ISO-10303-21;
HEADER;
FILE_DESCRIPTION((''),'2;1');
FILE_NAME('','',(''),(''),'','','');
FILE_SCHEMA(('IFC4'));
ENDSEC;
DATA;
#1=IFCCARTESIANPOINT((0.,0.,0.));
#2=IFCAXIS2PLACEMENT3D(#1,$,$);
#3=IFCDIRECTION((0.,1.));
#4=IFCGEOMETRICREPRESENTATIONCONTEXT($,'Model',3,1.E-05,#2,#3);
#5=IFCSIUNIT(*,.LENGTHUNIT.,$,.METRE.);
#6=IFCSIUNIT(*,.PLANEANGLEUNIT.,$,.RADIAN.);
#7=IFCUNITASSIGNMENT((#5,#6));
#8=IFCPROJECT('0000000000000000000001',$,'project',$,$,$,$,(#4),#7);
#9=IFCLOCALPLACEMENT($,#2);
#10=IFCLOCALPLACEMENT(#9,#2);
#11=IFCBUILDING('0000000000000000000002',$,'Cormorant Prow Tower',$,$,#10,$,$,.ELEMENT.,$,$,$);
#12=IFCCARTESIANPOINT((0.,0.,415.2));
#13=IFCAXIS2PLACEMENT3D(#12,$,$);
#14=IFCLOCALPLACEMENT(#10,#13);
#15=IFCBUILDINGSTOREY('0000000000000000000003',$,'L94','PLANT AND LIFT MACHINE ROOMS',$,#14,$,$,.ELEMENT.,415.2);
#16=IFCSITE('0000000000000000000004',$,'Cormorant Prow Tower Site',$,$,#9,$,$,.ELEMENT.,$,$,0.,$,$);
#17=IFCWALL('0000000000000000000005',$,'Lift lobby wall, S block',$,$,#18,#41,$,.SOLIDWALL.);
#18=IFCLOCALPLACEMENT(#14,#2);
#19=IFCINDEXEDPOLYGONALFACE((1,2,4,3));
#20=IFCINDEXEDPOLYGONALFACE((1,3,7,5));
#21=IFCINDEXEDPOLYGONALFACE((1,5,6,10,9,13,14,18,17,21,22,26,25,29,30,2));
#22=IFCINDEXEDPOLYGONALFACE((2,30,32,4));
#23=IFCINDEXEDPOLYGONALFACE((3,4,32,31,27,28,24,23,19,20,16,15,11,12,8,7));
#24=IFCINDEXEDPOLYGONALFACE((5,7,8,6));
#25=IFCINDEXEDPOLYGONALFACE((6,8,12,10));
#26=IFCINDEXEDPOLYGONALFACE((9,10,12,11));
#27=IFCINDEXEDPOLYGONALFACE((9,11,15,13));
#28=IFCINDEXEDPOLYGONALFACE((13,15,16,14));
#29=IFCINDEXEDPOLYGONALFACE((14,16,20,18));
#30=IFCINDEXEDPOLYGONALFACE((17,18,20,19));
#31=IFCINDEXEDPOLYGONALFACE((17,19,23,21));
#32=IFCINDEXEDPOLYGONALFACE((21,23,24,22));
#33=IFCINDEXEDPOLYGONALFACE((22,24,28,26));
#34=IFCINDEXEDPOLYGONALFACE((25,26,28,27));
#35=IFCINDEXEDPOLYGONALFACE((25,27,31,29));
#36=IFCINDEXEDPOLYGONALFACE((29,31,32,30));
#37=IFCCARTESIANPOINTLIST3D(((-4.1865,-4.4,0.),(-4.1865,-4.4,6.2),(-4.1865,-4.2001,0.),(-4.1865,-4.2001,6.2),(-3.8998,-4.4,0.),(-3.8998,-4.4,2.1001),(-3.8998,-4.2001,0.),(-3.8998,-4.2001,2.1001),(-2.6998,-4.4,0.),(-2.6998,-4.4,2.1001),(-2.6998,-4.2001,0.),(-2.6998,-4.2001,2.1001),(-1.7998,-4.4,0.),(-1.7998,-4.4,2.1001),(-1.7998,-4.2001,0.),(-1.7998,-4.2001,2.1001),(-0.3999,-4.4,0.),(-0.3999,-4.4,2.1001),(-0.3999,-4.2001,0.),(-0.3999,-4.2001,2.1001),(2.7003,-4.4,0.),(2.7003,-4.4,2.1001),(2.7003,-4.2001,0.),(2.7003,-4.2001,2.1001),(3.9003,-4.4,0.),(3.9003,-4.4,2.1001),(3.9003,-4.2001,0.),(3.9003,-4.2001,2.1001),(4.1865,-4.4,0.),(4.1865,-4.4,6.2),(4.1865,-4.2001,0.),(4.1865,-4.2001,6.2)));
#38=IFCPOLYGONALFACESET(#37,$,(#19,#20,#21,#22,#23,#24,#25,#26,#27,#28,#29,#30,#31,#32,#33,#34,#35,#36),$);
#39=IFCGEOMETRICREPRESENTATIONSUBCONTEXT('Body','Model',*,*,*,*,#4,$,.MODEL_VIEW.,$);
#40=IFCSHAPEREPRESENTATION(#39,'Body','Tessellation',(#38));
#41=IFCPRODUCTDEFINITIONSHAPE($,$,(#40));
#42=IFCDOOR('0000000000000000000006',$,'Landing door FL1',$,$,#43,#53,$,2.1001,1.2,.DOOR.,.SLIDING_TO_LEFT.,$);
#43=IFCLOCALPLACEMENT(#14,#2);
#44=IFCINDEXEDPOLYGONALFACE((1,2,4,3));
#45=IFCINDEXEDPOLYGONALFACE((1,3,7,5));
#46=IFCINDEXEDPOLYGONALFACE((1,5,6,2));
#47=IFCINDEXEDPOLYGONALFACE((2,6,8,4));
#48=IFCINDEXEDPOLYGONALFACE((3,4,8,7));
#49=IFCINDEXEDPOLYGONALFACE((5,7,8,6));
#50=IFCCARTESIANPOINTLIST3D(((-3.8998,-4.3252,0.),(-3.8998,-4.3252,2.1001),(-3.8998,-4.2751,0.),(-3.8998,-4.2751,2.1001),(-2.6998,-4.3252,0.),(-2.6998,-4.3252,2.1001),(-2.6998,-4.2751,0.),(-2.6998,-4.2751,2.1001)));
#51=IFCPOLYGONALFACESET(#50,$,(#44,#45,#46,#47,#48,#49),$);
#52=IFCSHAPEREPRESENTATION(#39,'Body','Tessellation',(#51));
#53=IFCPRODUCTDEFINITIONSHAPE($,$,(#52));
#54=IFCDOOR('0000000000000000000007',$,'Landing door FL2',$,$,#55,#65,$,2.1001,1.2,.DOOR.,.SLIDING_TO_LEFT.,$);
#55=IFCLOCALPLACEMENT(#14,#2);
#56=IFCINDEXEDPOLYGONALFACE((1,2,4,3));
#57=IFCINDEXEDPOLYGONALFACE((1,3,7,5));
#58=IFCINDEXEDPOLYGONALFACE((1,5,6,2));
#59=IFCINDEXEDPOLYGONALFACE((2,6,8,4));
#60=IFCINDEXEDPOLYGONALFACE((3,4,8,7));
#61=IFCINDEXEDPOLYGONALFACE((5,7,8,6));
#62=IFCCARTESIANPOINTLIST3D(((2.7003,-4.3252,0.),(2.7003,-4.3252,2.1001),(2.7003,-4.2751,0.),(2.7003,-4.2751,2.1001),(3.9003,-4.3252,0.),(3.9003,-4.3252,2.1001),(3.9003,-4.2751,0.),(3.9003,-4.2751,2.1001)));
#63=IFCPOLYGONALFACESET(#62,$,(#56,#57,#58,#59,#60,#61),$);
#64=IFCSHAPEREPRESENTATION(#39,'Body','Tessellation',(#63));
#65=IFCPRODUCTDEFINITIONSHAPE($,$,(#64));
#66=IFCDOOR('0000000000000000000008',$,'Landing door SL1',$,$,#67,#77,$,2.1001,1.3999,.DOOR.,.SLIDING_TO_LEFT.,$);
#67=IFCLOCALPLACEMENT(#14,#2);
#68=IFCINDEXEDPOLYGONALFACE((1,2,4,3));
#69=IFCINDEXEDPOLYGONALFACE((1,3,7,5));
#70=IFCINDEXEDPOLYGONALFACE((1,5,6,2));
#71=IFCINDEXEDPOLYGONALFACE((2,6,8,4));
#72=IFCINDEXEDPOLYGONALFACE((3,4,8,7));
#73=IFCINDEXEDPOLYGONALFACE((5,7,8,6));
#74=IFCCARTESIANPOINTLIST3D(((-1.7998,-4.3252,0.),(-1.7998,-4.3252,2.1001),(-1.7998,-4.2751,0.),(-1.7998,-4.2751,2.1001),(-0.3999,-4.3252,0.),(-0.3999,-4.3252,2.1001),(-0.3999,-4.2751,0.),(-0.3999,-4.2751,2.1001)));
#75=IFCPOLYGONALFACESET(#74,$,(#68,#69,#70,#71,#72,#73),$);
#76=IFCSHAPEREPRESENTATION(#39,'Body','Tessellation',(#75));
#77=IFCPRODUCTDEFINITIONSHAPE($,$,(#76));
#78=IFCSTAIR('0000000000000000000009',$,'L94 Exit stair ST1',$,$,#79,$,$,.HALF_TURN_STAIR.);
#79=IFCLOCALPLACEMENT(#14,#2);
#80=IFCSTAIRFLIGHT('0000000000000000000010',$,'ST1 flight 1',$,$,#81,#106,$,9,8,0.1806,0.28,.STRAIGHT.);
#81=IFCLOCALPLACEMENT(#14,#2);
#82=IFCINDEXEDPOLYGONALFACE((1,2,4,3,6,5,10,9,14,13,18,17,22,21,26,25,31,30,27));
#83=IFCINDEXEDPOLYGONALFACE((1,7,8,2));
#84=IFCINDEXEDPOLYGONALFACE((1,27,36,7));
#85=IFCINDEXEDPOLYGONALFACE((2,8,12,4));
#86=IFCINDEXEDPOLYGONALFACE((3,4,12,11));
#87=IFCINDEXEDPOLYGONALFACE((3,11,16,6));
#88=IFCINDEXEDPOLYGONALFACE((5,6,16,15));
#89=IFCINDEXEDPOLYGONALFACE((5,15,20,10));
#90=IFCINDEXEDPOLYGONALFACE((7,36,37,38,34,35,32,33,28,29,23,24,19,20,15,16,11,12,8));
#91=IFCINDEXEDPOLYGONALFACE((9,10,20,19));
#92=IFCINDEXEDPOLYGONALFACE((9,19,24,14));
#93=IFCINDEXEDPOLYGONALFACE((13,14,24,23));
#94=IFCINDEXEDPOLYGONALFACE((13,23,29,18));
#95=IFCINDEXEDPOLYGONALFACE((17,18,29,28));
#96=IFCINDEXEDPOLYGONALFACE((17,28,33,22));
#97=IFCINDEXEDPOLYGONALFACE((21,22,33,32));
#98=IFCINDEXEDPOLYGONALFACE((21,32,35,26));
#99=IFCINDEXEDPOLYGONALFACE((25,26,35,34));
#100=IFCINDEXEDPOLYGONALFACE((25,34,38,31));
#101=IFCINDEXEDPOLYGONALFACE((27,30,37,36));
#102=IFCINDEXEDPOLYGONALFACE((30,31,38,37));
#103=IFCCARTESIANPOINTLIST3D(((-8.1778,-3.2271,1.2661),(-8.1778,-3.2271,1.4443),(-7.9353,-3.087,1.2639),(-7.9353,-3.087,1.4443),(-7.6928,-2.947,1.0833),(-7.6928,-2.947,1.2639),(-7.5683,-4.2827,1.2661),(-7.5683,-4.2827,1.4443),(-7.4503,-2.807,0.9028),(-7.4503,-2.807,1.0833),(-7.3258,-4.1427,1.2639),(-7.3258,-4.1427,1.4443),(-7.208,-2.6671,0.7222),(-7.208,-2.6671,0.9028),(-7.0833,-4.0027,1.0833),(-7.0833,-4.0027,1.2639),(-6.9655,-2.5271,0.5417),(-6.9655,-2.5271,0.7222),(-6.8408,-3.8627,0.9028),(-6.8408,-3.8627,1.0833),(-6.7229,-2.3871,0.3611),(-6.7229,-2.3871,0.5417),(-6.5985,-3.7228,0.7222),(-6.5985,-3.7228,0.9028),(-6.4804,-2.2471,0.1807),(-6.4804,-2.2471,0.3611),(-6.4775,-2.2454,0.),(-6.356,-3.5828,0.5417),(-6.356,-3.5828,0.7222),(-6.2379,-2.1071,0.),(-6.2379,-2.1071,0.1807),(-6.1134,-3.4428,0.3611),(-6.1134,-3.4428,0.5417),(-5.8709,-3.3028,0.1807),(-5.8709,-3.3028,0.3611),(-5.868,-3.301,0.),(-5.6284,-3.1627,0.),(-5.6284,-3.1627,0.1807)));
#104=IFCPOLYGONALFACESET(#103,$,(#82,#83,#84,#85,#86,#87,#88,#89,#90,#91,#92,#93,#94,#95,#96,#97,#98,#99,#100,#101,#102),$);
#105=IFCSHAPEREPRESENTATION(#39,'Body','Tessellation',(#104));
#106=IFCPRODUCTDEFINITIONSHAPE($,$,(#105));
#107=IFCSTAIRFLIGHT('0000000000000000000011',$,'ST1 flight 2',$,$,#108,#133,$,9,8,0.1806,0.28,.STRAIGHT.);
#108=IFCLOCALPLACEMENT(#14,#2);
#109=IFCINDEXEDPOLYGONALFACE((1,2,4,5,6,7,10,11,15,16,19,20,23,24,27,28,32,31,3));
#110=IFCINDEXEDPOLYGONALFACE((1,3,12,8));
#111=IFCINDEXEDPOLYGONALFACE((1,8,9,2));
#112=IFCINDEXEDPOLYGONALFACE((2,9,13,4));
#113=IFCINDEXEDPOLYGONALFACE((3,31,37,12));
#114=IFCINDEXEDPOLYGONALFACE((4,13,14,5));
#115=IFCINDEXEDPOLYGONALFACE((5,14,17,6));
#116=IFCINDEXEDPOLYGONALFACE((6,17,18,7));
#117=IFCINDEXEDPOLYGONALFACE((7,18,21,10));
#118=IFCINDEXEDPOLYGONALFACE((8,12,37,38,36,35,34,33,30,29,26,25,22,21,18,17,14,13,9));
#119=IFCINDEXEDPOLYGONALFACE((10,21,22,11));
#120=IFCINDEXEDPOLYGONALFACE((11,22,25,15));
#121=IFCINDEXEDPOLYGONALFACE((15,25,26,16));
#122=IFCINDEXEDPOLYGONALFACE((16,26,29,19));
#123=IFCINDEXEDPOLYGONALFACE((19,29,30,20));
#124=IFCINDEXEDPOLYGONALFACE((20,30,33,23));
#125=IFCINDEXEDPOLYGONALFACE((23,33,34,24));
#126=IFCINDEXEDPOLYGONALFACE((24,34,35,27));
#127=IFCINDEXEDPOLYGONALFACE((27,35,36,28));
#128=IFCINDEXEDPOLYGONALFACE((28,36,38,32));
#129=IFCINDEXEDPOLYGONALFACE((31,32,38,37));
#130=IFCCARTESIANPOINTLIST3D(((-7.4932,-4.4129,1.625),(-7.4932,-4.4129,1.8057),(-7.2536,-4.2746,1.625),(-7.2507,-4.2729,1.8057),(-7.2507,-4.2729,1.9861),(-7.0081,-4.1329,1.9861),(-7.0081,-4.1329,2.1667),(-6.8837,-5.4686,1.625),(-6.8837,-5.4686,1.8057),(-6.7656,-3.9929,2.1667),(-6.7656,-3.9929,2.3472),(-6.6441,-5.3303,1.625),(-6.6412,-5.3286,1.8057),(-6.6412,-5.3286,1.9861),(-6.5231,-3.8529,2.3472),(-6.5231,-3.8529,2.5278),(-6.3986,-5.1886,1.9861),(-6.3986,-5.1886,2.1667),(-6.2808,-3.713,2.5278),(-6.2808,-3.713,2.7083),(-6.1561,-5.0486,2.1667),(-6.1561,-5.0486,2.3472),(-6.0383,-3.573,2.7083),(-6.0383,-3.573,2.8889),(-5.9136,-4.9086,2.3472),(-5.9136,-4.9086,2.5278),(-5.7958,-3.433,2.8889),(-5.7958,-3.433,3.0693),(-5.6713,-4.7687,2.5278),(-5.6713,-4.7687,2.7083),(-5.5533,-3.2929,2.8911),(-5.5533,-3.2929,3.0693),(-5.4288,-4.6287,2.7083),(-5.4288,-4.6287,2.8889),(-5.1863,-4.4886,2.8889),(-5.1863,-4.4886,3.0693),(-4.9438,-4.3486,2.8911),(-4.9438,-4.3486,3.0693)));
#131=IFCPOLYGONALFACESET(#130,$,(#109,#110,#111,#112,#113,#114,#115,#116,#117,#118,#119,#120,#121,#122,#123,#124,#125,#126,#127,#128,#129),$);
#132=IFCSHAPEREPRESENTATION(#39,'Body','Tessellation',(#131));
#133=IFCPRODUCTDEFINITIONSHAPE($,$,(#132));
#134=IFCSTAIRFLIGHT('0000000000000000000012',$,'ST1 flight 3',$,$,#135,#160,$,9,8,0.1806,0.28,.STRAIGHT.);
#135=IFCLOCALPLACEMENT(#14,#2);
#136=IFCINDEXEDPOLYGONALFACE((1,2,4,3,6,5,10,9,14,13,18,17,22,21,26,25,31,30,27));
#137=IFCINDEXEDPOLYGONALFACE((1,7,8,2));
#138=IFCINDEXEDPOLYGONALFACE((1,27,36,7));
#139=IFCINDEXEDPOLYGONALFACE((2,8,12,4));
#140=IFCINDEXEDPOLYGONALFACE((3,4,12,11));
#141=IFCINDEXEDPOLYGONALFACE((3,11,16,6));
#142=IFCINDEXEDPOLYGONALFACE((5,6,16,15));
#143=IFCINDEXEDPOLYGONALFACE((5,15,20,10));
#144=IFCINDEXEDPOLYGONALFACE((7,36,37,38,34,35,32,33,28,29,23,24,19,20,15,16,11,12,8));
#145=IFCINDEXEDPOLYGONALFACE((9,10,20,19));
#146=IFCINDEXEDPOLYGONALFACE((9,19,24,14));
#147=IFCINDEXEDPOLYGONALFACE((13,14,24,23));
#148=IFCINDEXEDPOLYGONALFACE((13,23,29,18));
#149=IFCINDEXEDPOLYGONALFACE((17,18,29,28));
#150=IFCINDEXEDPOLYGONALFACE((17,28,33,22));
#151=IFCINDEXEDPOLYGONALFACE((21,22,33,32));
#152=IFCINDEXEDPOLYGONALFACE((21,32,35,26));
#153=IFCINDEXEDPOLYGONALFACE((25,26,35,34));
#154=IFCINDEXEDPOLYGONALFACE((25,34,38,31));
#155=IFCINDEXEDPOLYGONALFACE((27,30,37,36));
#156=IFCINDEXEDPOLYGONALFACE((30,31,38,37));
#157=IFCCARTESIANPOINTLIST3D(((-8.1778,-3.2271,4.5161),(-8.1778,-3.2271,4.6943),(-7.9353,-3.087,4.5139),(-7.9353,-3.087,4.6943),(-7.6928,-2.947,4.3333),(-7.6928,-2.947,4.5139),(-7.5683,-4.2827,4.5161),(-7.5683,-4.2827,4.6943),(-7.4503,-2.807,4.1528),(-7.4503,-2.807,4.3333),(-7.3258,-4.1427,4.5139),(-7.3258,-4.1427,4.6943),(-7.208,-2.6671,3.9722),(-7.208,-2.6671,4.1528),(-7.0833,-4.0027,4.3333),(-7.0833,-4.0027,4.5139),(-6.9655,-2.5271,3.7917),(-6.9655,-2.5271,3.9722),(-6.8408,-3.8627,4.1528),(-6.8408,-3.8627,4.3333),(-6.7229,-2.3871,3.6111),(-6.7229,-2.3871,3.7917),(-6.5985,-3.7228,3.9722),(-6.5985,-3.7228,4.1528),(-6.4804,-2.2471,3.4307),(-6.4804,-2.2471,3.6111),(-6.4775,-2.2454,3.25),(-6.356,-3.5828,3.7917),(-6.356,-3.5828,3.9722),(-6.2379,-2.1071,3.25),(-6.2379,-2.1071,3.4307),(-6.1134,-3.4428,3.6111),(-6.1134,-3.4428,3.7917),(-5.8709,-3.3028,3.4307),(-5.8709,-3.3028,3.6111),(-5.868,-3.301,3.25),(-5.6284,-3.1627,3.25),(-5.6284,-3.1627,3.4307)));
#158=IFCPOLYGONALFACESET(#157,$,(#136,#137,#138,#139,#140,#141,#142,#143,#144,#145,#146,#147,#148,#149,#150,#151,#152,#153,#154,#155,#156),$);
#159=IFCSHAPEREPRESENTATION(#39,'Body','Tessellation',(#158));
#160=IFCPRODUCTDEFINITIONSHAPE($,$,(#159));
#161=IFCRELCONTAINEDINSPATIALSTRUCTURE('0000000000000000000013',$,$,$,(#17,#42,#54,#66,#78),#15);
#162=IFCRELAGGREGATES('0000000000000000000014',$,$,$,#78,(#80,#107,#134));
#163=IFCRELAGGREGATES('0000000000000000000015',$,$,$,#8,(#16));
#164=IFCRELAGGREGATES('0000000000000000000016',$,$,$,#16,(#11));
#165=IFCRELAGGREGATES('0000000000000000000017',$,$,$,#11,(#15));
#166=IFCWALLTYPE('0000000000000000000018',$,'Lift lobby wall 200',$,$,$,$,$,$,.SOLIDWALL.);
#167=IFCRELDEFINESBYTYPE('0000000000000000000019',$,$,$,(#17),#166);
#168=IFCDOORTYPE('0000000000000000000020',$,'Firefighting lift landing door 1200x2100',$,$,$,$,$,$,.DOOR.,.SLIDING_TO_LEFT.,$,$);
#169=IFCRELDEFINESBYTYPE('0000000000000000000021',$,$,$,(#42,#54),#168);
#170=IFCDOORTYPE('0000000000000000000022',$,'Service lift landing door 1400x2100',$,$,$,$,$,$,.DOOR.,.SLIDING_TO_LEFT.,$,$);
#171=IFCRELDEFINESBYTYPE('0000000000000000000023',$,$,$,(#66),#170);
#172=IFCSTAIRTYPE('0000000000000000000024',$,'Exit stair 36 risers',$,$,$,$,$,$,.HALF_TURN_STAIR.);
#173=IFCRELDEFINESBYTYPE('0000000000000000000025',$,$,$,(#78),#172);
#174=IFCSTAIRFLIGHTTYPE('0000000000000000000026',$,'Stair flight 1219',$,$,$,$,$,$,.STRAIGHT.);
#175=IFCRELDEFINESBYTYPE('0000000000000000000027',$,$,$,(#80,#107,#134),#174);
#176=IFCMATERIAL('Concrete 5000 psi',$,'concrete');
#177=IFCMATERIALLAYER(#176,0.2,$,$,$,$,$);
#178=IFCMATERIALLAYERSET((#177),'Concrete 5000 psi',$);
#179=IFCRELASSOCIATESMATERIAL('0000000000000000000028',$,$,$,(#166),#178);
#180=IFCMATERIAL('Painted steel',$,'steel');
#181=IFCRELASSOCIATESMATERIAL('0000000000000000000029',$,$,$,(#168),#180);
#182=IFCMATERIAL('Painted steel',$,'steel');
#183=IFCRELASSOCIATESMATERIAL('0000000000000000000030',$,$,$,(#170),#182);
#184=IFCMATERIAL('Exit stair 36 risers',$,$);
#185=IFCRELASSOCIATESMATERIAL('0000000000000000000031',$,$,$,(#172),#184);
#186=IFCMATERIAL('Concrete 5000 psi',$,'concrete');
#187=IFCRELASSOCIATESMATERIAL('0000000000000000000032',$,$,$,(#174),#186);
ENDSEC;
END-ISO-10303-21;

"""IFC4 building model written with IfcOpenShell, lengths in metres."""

from ifc_helpers import new_model, si_unit, direction, frame, frame_2d, origin, place, context, subcontext, project, spatial, polyline, rectangle, outline, extrude, material, layer, layer_set, type_object, element, fill, aggregate, save


model = new_model("IFC4")

# Units and contexts
model_context = context("Model", 3, precision=1e-05, world=origin(), true_north=direction((0.0, 1.0)))
body_context = subcontext(model_context, "Body", "Model", "MODEL_VIEW")
ifc_project = project(units=[si_unit("LENGTHUNIT", "METRE"), si_unit("PLANEANGLEUNIT", "RADIAN")], contexts=[model_context])

# Site, building, storey
site_placement = place(None, origin())
site = spatial("IfcSite", under=ifc_project, at=site_placement, Name="Cormorant Prow Tower Site", CompositionType="ELEMENT", RefElevation=0.0)
building_placement = place(site_placement, origin())
building = spatial("IfcBuilding", under=site, at=building_placement, Name="Cormorant Prow Tower", CompositionType="ELEMENT")
storey_placement = place(building_placement, frame((0.0, 0.0, 415.2)))
storey = spatial("IfcBuildingStorey", under=building, at=storey_placement, Name="L94", Description="PLANT AND LIFT MACHINE ROOMS", CompositionType="ELEMENT", Elevation=415.2)

# Wall, openings, doors
ifc_material_1 = material(Name="Concrete 5000 psi", Category="concrete")
ifc_layer_1 = layer(ifc_material_1, 0.2)
ifc_layer_set_1 = layer_set([ifc_layer_1], Name="Concrete 5000 psi")
wall_type_1 = type_object("IfcWallType", Name="Lift lobby wall 200", PredefinedType="SOLIDWALL", material=ifc_layer_set_1)
wall_1_placement = place(storey_placement, frame((-4.1865, -4.3, 0.0), z_axis=(0.0, 0.0, 1.0), x_axis=(1.0, 0.0, 0.0)))
wall_1 = element("IfcWall", 1, at=wall_1_placement, inside=storey, type_object=wall_type_1, Name="Lift lobby wall, S block", PredefinedType="SOLIDWALL", context=body_context, shape_type="SweptSolid", body=[
    extrude(rectangle(XDim=8.373, YDim=0.2, at=frame_2d((4.1865, 0.0))), origin(), (0.0, 0.0, 1.0), 6.2),
])
opening_1_placement = place(wall_1_placement, frame((0.2866, 0.0, 0.0)))
opening_1 = element("IfcOpeningElement", 2, at=opening_1_placement, cuts=wall_1, PredefinedType="OPENING", context=body_context, shape_type="SweptSolid", body=[
    extrude(rectangle(XDim=1.2, YDim=2.1001, at=frame_2d((0.6001, 1.05))), frame((0.0, 0.1099, 0.0), z_axis=(0.0, -1.0, 0.0), x_axis=(1.0, 0.0, 0.0)), (0.0, 0.0, 1.0), 0.22),
])
opening_2_placement = place(wall_1_placement, frame((2.3867, 0.0, 0.0)))
opening_2 = element("IfcOpeningElement", 3, at=opening_2_placement, cuts=wall_1, PredefinedType="OPENING", context=body_context, shape_type="SweptSolid", body=[
    extrude(rectangle(XDim=1.3999, YDim=2.1001, at=frame_2d((0.7, 1.05))), frame((0.0, 0.1099, 0.0), z_axis=(0.0, -1.0, 0.0), x_axis=(1.0, 0.0, 0.0)), (0.0, 0.0, 1.0), 0.22),
])
opening_3_placement = place(wall_1_placement, frame((6.8867, 0.0, 0.0)))
opening_3 = element("IfcOpeningElement", 4, at=opening_3_placement, cuts=wall_1, PredefinedType="OPENING", context=body_context, shape_type="SweptSolid", body=[
    extrude(rectangle(XDim=1.2, YDim=2.1001, at=frame_2d((0.6001, 1.05))), frame((0.0, 0.1099, 0.0), z_axis=(0.0, -1.0, 0.0), x_axis=(1.0, 0.0, 0.0)), (0.0, 0.0, 1.0), 0.22),
])
ifc_material_2 = material(Name="Painted steel", Category="steel")
door_type_1 = type_object("IfcDoorType", Name="Firefighting lift landing door 1200x2100", OperationType="SLIDING_TO_LEFT", PredefinedType="DOOR", material=ifc_material_2)
door_1_placement = place(opening_1_placement, origin())
door_1 = element("IfcDoor", 5, at=door_1_placement, inside=storey, type_object=door_type_1, Name="Landing door FL1", OperationType="SLIDING_TO_LEFT", OverallHeight=2.1001, OverallWidth=1.2, PredefinedType="DOOR", context=body_context, shape_type="SweptSolid", body=[
    extrude(rectangle(XDim=1.2, YDim=2.1001, at=frame_2d((0.6001, 1.05))), frame((0.0, 0.0249, 0.0), z_axis=(0.0, -1.0, 0.0), x_axis=(1.0, 0.0, 0.0)), (0.0, 0.0, 1.0), 0.05),
])
fill(opening_1, door_1)
door_2_placement = place(opening_3_placement, origin())
door_2 = element("IfcDoor", 6, at=door_2_placement, inside=storey, type_object=door_type_1, Name="Landing door FL2", OperationType="SLIDING_TO_LEFT", OverallHeight=2.1001, OverallWidth=1.2, PredefinedType="DOOR", context=body_context, shape_type="SweptSolid", body=[
    extrude(rectangle(XDim=1.2, YDim=2.1001, at=frame_2d((0.6001, 1.05))), frame((0.0, 0.0249, 0.0), z_axis=(0.0, -1.0, 0.0), x_axis=(1.0, 0.0, 0.0)), (0.0, 0.0, 1.0), 0.05),
])
fill(opening_3, door_2)
ifc_material_3 = material(Name="Painted steel", Category="steel")
door_type_2 = type_object("IfcDoorType", Name="Service lift landing door 1400x2100", OperationType="SLIDING_TO_LEFT", PredefinedType="DOOR", material=ifc_material_3)
door_3_placement = place(opening_2_placement, origin())
door_3 = element("IfcDoor", 7, at=door_3_placement, inside=storey, type_object=door_type_2, Name="Landing door SL1", OperationType="SLIDING_TO_LEFT", OverallHeight=2.1001, OverallWidth=1.3999, PredefinedType="DOOR", context=body_context, shape_type="SweptSolid", body=[
    extrude(rectangle(XDim=1.3999, YDim=2.1001, at=frame_2d((0.7, 1.05))), frame((0.0, 0.0249, 0.0), z_axis=(0.0, -1.0, 0.0), x_axis=(1.0, 0.0, 0.0)), (0.0, 0.0, 1.0), 0.05),
])
fill(opening_2, door_3)

# Stair, stair flights
ifc_material_4 = material(Name="Exit stair 36 risers")
stair_type = type_object("IfcStairType", Name="Exit stair 36 risers", PredefinedType="HALF_TURN_STAIR", material=ifc_material_4)
stair_placement = place(storey_placement, origin())
stair = element("IfcStair", 8, at=stair_placement, inside=storey, type_object=stair_type, Name="L94 Exit stair ST1", PredefinedType="HALF_TURN_STAIR")
ifc_material_5 = material(Name="Concrete 5000 psi", Category="concrete")
stair_flight_type = type_object("IfcStairFlightType", Name="Stair flight 1219", PredefinedType="STRAIGHT", material=ifc_material_5)
stair_flight_1_placement = place(storey_placement, frame((-5.9331, -2.635, 0.0), z_axis=(0.0, 0.0, 1.0), x_axis=(-0.866025, -0.5, 0.0)))
stair_flight_1 = element("IfcStairFlight", 9, at=stair_flight_1_placement, type_object=stair_flight_type, Name="ST1 flight 1", NumberOfRisers=9, NumberOfTreads=8, PredefinedType="STRAIGHT", RiserHeight=0.1806, TreadLength=0.28, context=body_context, shape_type="SweptSolid", body=[
    extrude(outline(polyline([(0.0, 0.0), (0.0, 0.1807), (0.28, 0.1807), (0.28, 0.3611), (0.5601, 0.3611), (0.5601, 0.5417), (0.8401, 0.5417), (0.8401, 0.7222), (1.1201, 0.7222), (1.1201, 0.9028), (1.3999, 0.9028), (1.3999, 1.0833), (1.6799, 1.0833), (1.6799, 1.2639), (1.96, 1.2639), (1.96, 1.4443), (2.24, 1.4443), (2.24, 1.625), (2.24, 1.2661), (0.2766, 0.0), (0.0, 0.0)])), frame((0.0, 0.6094, 0.0), z_axis=(0.0, -1.0, 0.0), x_axis=(1.0, 0.0, 0.0)), (0.0, 0.0, 1.0), 1.219),
])
stair_flight_2_placement = place(storey_placement, frame((-7.1885, -4.9407, 1.625), z_axis=(0.0, 0.0, 1.0), x_axis=(0.866025, 0.5, 0.0)))
stair_flight_2 = element("IfcStairFlight", 10, at=stair_flight_2_placement, type_object=stair_flight_type, Name="ST1 flight 2", NumberOfRisers=9, NumberOfTreads=8, PredefinedType="STRAIGHT", RiserHeight=0.1806, TreadLength=0.28, context=body_context, shape_type="SweptSolid", body=[
    extrude(outline(polyline([(0.0, 0.0), (0.0, 0.1807), (0.28, 0.1807), (0.28, 0.3611), (0.5601, 0.3611), (0.5601, 0.5417), (0.8401, 0.5417), (0.8401, 0.7222), (1.1201, 0.7222), (1.1201, 0.9028), (1.3999, 0.9028), (1.3999, 1.0833), (1.6799, 1.0833), (1.6799, 1.2639), (1.96, 1.2639), (1.96, 1.4443), (2.24, 1.4443), (2.24, 1.625), (2.24, 1.2661), (0.2766, 0.0), (0.0, 0.0)])), frame((0.0, 0.6094, 0.0), z_axis=(0.0, -1.0, 0.0), x_axis=(1.0, 0.0, 0.0)), (0.0, 0.0, 1.0), 1.219),
])
stair_flight_3_placement = place(storey_placement, frame((-5.9331, -2.635, 3.25), z_axis=(0.0, 0.0, 1.0), x_axis=(-0.866025, -0.5, 0.0)))
stair_flight_3 = element("IfcStairFlight", 11, at=stair_flight_3_placement, type_object=stair_flight_type, Name="ST1 flight 3", NumberOfRisers=9, NumberOfTreads=8, PredefinedType="STRAIGHT", RiserHeight=0.1806, TreadLength=0.28, context=body_context, shape_type="SweptSolid", body=[
    extrude(outline(polyline([(0.0, 0.0), (0.0, 0.1807), (0.28, 0.1807), (0.28, 0.3611), (0.5601, 0.3611), (0.5601, 0.5417), (0.8401, 0.5417), (0.8401, 0.7222), (1.1201, 0.7222), (1.1201, 0.9028), (1.3999, 0.9028), (1.3999, 1.0833), (1.6799, 1.0833), (1.6799, 1.2639), (1.96, 1.2639), (1.96, 1.4443), (2.24, 1.4443), (2.24, 1.625), (2.24, 1.2661), (0.2766, 0.0), (0.0, 0.0)])), frame((0.0, 0.6094, 0.0), z_axis=(0.0, -1.0, 0.0), x_axis=(1.0, 0.0, 0.0)), (0.0, 0.0, 1.0), 1.219),
])
aggregate(stair, [stair_flight_1, stair_flight_2, stair_flight_3])

save(model, "model.ifc")
